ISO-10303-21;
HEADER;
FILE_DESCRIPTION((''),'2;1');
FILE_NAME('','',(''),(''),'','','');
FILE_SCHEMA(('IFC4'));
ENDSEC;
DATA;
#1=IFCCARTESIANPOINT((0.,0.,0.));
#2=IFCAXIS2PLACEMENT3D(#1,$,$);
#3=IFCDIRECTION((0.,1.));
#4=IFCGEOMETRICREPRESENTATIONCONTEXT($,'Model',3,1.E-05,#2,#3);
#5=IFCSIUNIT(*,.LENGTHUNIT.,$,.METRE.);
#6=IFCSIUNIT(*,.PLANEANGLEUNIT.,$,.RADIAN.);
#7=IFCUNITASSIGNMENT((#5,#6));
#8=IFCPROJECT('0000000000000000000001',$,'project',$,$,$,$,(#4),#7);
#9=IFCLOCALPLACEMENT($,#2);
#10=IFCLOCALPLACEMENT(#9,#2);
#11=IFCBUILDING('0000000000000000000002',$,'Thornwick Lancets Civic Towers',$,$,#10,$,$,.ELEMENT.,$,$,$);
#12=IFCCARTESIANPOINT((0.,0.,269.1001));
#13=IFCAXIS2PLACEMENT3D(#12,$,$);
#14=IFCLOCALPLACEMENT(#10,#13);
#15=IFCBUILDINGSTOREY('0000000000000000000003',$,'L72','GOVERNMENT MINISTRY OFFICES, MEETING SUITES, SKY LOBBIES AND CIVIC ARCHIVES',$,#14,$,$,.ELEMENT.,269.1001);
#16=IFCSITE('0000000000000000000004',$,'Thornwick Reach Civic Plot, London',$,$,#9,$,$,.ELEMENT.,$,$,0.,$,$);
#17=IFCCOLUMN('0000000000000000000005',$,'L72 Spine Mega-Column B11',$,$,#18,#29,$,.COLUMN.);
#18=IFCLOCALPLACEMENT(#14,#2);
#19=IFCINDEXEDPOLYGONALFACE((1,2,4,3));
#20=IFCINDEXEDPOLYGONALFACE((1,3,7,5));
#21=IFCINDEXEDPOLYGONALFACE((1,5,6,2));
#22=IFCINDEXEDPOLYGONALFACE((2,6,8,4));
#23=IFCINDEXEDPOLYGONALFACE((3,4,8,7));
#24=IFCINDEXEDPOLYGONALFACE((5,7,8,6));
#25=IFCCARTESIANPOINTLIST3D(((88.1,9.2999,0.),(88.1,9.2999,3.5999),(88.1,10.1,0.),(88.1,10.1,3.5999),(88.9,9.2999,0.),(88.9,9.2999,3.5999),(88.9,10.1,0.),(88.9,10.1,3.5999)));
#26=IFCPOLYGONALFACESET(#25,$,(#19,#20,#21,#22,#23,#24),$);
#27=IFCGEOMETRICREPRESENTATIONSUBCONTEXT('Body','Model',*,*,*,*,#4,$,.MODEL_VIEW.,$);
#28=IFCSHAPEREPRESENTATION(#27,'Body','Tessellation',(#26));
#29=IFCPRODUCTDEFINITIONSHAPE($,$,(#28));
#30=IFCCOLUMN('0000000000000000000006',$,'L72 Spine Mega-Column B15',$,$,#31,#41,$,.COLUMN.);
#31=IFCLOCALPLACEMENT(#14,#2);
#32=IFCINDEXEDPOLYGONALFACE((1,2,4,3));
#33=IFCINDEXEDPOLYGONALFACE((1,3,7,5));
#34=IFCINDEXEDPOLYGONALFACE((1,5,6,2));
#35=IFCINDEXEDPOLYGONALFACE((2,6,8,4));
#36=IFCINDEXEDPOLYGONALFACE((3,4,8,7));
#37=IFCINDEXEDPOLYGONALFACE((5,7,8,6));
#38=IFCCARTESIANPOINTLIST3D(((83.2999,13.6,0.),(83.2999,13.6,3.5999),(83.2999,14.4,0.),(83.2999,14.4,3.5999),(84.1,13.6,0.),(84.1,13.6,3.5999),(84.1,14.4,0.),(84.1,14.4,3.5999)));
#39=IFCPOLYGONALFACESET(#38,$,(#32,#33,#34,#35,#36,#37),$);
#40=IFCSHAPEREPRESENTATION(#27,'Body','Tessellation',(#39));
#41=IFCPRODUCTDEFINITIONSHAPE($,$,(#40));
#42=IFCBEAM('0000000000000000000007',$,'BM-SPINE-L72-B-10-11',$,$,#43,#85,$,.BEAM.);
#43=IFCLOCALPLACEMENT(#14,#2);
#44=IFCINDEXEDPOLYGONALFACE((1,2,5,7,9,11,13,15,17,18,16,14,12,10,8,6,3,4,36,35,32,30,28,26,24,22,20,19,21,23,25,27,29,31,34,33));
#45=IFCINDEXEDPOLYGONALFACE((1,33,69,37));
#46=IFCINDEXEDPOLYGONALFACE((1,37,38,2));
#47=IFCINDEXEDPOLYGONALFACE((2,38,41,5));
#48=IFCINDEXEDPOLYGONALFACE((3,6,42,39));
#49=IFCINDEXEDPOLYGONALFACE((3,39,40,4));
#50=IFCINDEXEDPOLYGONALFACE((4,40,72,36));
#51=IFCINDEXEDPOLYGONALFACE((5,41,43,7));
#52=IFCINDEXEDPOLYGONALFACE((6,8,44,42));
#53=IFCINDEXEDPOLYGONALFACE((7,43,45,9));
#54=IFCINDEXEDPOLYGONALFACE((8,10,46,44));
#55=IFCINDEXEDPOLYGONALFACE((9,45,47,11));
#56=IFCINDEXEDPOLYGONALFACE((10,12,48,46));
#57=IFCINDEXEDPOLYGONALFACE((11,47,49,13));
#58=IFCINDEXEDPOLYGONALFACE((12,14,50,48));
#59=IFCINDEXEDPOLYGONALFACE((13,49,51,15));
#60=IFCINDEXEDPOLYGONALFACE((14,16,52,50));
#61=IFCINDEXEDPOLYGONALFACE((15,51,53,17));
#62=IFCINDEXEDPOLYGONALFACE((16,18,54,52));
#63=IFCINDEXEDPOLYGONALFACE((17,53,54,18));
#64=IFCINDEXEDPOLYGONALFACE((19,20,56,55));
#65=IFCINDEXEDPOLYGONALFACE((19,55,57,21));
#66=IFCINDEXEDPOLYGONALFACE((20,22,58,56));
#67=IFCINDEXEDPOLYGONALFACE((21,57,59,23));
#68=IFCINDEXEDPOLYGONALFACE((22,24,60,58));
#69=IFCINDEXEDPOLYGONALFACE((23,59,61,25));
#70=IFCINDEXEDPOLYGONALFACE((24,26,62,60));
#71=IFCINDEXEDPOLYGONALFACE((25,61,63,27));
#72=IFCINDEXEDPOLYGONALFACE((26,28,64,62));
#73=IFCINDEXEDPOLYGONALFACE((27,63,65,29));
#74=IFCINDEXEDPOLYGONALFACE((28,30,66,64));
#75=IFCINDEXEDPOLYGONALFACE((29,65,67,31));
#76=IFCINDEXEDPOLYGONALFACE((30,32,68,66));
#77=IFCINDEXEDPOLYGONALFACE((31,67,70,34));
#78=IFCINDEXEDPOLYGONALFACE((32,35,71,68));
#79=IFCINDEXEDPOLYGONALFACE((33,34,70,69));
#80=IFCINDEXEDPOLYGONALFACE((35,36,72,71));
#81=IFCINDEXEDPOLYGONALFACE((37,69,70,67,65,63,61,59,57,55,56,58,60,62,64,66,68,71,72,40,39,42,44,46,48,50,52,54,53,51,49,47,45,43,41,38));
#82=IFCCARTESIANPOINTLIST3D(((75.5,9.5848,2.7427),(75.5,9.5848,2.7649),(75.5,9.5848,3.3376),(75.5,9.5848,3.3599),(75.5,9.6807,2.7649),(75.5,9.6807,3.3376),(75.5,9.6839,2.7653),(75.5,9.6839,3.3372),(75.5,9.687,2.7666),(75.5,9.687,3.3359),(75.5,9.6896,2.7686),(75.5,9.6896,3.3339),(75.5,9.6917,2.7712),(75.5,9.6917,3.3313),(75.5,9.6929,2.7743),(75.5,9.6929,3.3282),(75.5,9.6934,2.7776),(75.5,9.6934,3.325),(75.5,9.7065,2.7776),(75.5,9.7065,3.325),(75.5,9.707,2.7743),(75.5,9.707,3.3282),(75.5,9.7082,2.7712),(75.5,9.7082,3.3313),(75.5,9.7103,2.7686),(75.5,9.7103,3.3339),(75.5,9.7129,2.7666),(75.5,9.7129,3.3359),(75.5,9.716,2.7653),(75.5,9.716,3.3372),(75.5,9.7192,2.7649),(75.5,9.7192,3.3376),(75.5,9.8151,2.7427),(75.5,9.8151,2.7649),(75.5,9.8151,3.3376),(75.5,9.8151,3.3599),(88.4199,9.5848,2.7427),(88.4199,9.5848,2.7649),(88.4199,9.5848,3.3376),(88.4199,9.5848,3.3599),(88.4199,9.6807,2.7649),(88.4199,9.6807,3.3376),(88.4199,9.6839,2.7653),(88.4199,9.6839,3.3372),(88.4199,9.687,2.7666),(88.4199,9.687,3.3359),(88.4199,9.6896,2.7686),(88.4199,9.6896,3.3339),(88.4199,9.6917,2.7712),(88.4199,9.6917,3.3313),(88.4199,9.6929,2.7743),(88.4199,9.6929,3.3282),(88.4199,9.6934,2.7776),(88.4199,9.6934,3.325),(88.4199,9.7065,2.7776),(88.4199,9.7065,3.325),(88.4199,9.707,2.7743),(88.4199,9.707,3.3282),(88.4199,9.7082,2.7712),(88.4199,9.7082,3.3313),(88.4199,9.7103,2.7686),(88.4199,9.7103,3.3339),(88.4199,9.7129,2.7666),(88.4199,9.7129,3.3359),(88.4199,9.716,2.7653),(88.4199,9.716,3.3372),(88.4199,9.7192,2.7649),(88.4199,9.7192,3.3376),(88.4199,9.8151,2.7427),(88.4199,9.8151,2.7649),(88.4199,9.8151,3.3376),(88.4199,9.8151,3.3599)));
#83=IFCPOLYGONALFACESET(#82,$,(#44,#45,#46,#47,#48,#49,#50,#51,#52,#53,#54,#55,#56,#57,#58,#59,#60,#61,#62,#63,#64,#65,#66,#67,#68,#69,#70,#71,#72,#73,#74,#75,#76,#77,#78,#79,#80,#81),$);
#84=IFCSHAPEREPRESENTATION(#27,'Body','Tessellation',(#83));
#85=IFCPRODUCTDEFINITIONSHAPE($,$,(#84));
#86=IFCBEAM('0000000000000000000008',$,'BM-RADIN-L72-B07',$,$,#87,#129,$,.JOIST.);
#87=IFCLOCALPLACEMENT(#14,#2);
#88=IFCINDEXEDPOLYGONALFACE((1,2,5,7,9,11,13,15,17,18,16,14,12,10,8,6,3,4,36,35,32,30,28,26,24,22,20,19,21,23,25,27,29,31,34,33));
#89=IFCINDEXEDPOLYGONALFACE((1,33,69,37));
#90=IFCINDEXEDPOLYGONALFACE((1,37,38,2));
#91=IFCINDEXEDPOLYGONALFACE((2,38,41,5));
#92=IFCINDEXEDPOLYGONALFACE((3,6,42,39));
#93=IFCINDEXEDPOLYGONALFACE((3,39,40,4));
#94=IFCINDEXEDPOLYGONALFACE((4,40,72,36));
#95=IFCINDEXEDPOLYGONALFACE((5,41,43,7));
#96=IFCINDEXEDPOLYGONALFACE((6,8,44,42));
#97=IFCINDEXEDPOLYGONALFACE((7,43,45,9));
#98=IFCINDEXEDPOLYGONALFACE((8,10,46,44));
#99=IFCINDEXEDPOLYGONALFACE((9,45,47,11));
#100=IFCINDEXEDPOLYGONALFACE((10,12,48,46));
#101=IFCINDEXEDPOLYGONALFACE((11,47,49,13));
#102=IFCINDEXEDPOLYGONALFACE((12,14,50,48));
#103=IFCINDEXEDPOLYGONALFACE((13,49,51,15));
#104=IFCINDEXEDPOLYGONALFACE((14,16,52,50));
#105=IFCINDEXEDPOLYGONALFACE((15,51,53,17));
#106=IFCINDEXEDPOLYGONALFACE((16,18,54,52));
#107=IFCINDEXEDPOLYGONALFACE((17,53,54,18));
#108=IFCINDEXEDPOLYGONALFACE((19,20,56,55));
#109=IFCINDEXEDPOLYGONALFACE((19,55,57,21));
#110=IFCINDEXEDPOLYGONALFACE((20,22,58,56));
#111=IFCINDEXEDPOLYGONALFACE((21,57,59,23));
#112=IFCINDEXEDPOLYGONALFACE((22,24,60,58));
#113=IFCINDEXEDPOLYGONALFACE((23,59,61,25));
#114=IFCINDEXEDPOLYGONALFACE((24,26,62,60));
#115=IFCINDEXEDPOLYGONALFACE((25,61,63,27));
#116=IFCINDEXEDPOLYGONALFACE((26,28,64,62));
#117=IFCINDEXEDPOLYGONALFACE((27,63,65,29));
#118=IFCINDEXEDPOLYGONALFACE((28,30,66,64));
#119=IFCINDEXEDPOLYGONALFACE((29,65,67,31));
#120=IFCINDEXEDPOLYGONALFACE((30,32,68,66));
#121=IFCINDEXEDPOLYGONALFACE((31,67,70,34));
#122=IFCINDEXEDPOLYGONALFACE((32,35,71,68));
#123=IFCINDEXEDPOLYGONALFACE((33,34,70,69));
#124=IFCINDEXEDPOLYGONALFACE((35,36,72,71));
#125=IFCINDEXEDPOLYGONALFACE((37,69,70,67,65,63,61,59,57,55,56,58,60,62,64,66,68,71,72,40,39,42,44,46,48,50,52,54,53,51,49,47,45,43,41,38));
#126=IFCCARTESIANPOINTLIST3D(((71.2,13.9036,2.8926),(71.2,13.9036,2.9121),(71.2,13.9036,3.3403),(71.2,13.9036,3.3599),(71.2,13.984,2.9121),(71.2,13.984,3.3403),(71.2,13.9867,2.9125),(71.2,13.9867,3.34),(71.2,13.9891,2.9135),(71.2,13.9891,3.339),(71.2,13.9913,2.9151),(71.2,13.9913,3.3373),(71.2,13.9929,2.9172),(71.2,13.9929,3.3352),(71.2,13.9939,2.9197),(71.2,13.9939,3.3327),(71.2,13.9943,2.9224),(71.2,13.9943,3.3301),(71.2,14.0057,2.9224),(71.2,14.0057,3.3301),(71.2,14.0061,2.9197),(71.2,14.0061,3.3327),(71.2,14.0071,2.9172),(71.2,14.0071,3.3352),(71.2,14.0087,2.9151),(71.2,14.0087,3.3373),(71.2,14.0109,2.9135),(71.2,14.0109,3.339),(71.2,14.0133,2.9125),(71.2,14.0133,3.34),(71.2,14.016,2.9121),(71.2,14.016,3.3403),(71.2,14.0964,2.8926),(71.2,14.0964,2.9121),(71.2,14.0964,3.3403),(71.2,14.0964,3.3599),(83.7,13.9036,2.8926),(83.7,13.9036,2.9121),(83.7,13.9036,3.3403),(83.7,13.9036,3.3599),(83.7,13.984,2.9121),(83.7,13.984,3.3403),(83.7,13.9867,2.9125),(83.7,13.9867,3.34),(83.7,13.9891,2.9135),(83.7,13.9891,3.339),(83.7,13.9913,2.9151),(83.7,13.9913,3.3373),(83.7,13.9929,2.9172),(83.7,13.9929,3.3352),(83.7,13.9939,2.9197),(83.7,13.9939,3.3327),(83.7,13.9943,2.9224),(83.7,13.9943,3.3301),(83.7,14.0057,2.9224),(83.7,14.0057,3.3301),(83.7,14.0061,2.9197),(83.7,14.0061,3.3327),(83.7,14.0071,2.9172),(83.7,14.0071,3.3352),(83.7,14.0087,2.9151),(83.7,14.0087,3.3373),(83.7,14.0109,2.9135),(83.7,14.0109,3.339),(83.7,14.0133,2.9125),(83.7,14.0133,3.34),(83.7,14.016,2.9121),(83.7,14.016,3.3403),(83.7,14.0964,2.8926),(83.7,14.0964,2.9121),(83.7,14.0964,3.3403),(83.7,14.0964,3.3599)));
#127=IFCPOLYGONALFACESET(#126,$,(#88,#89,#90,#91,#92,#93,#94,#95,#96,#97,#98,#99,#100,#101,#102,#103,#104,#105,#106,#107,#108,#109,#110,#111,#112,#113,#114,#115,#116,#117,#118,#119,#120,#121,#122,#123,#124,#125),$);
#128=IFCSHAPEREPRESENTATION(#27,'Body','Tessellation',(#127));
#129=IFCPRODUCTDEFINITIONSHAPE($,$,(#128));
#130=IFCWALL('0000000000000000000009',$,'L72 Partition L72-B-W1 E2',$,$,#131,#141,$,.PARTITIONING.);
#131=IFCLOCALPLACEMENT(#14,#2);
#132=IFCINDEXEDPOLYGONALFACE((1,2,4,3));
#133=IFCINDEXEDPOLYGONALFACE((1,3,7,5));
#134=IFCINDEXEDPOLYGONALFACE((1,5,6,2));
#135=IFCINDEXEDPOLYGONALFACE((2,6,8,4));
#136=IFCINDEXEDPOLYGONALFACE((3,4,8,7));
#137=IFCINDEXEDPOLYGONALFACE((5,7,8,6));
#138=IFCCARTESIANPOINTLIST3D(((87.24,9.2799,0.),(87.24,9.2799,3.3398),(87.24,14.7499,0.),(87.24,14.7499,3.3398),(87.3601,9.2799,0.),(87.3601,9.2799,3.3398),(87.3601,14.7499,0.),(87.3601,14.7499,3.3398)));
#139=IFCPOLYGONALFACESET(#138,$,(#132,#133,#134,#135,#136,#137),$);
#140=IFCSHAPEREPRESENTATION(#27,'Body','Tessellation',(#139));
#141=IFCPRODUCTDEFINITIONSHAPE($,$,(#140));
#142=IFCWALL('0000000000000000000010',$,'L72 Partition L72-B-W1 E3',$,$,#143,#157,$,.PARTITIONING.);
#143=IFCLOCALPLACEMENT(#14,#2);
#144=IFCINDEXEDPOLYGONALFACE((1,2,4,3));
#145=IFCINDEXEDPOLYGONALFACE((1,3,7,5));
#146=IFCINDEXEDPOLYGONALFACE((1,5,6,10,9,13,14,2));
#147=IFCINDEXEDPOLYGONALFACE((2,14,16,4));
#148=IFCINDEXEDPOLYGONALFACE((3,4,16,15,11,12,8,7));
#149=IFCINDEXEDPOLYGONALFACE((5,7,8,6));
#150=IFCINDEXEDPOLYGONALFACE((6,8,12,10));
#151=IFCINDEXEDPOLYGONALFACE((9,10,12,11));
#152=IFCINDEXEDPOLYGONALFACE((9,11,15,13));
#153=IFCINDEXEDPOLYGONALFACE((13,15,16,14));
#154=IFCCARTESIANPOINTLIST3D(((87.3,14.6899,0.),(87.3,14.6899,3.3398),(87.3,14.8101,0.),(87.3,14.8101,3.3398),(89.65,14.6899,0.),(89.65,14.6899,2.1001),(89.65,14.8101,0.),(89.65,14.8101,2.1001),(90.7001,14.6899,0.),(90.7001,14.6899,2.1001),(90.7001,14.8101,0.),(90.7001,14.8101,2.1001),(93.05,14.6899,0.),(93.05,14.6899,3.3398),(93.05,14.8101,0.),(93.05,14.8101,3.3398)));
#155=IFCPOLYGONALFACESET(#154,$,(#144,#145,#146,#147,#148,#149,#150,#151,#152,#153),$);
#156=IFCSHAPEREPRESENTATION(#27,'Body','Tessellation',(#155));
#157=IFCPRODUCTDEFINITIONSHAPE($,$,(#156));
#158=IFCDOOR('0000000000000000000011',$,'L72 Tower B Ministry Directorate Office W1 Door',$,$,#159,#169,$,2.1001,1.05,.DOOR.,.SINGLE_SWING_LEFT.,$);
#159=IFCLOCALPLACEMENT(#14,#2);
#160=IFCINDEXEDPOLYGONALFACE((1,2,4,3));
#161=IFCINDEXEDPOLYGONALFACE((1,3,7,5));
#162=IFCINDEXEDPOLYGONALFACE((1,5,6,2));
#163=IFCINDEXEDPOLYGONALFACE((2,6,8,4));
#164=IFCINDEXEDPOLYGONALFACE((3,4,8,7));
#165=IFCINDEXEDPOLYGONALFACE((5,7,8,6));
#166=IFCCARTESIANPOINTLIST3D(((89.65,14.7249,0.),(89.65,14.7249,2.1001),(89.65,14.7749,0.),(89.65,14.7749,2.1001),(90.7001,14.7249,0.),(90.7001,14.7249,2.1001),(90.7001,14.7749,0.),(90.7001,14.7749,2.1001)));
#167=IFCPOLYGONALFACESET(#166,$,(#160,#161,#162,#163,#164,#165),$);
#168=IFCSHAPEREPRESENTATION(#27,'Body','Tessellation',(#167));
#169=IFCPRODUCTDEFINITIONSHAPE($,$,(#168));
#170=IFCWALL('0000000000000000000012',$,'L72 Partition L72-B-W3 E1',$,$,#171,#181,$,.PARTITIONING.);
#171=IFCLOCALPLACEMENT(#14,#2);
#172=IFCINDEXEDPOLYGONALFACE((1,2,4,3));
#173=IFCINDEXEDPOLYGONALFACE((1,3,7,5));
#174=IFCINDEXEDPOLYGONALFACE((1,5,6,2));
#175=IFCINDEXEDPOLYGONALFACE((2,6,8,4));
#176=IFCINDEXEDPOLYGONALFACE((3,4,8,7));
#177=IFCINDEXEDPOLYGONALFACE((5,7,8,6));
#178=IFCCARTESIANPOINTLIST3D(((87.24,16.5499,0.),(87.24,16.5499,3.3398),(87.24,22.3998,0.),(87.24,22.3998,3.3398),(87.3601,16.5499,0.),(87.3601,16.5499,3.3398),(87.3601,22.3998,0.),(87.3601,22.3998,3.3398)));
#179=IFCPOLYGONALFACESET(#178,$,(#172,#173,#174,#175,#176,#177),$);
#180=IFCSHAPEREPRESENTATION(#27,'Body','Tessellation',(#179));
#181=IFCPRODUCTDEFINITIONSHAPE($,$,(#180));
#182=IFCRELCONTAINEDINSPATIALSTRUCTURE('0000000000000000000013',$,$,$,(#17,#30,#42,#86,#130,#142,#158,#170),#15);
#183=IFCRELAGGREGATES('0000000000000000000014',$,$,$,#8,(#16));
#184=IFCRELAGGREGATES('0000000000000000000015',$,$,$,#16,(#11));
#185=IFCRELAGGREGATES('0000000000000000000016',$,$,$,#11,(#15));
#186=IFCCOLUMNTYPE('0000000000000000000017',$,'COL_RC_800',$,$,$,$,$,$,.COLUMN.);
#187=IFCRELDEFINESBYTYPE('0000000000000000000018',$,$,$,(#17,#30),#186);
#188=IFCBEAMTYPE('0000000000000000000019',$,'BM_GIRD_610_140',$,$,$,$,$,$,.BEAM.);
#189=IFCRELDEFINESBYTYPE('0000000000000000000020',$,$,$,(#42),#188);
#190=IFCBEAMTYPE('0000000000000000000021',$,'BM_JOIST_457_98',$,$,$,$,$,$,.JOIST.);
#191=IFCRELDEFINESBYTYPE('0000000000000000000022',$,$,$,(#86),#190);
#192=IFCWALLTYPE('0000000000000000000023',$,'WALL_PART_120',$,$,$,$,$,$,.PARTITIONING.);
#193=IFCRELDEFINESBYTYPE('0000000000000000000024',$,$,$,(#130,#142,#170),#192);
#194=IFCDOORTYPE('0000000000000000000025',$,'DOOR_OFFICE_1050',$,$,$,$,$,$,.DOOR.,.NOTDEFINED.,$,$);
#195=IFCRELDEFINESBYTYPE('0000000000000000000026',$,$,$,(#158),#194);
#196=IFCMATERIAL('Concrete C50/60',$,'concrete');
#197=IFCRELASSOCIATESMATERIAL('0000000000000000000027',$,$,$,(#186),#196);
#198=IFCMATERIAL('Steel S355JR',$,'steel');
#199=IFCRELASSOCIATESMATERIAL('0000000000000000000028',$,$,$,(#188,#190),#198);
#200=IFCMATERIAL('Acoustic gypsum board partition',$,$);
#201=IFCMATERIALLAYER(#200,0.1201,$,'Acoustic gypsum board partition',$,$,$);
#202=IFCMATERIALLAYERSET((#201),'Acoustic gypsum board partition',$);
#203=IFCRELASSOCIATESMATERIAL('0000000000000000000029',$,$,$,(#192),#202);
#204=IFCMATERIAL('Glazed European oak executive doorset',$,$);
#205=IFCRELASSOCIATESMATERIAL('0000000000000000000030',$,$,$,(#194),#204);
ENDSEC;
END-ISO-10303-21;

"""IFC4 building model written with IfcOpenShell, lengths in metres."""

from ifc_helpers import new_model, si_unit, direction, frame, frame_2d, origin, origin_2d, place, context, subcontext, project, spatial, rectangle, i_section, extrude, material, layer, layer_set, material_profile, profile_set, type_object, element, fill, save


model = new_model("IFC4")

# Units and contexts
model_context = context("Model", 3, precision=1e-05, world=origin(), true_north=direction((0.0, 1.0)))
body_context = subcontext(model_context, "Body", "Model", "MODEL_VIEW")
ifc_project = project(units=[si_unit("LENGTHUNIT", "METRE"), si_unit("PLANEANGLEUNIT", "RADIAN")], contexts=[model_context])

# Site, building, storey
site_placement = place(None, origin())
site = spatial("IfcSite", under=ifc_project, at=site_placement, Name="Thornwick Reach Civic Plot, London", CompositionType="ELEMENT", RefElevation=0.0)
building_placement = place(site_placement, origin())
building = spatial("IfcBuilding", under=site, at=building_placement, Name="Thornwick Lancets Civic Towers", CompositionType="ELEMENT")
storey_placement = place(building_placement, frame((0.0, 0.0, 269.1001)))
storey = spatial("IfcBuildingStorey", under=building, at=storey_placement, Name="L72", Description="GOVERNMENT MINISTRY OFFICES, MEETING SUITES, SKY LOBBIES AND CIVIC ARCHIVES", CompositionType="ELEMENT", Elevation=269.1001)

# Columns
ifc_material_1 = material(Name="Concrete C50/60", Category="concrete")
ifc_material_profile_1 = material_profile(ifc_material_1, rectangle(XDim=0.8, YDim=0.8, at=origin_2d()), Name="RC 800x800")
ifc_profile_set_1 = profile_set([ifc_material_profile_1], Name="Concrete C50/60")
column_type = type_object("IfcColumnType", Name="COL_RC_800", PredefinedType="COLUMN", material=ifc_profile_set_1)
for number, where, z_axis, x_axis, name in (
    (1, (88.5, 9.7, 0.0), (0.0, 0.0, 1.0), (1.0, 0.0, 0.0), "L72 Spine Mega-Column B11"),
    (2, (83.7, 14.0, 0.0), (0.0, 0.0, 1.0), (1.0, 0.0, 0.0), "L72 Spine Mega-Column B15"),
):
    element("IfcColumn", number, at=place(storey_placement, frame(where, z_axis=z_axis, x_axis=x_axis)), inside=storey, type_object=column_type, Name=name, PredefinedType="COLUMN", context=body_context, shape_type="SweptSolid", body=[
        extrude(rectangle(XDim=0.8, YDim=0.8, at=origin_2d()), origin(), (0.0, 0.0, 1.0), 3.5999),
    ])

# Beams
ifc_material_2 = material(Name="Steel S355JR", Category="steel")
ifc_material_profile_2 = material_profile(ifc_material_2, i_section(OverallWidth=0.2302, OverallDepth=0.6172, WebThickness=0.0132, FlangeThickness=0.0222, FilletRadius=0.0127, at=origin_2d()), Name="UKB 610x229x140")
ifc_profile_set_2 = profile_set([ifc_material_profile_2], Name="Steel S355JR")
beam_type_1 = type_object("IfcBeamType", Name="BM_GIRD_610_140", PredefinedType="BEAM", material=ifc_profile_set_2)
beam_1_placement = place(storey_placement, frame((88.4199, 9.7, 3.0513), z_axis=(-1.0, 0.0, 0.0), x_axis=(0.0, -1.0, 0.0)))
element("IfcBeam", 3, at=beam_1_placement, inside=storey, type_object=beam_type_1, Name="BM-SPINE-L72-B-10-11", PredefinedType="BEAM", context=body_context, shape_type="SweptSolid", body=[
    extrude(i_section(OverallWidth=0.2302, OverallDepth=0.6172, WebThickness=0.0132, FlangeThickness=0.0222, FilletRadius=0.0127, at=origin_2d()), origin(), (0.0, 0.0, 1.0), 12.9199),
])
ifc_material_profile_3 = material_profile(ifc_material_2, i_section(OverallWidth=0.1929, OverallDepth=0.4673, WebThickness=0.0115, FlangeThickness=0.0195, FilletRadius=0.0103, at=origin_2d()), Name="UKB 457x191x98")
ifc_profile_set_3 = profile_set([ifc_material_profile_3], Name="Steel S355JR")
beam_type_2 = type_object("IfcBeamType", Name="BM_JOIST_457_98", PredefinedType="JOIST", material=ifc_profile_set_3)
beam_2_placement = place(storey_placement, frame((83.7, 14.0, 3.1262), z_axis=(-1.0, 0.0, 0.0), x_axis=(0.0, -1.0, 0.0)))
element("IfcBeam", 4, at=beam_2_placement, inside=storey, type_object=beam_type_2, Name="BM-RADIN-L72-B07", PredefinedType="JOIST", context=body_context, shape_type="SweptSolid", body=[
    extrude(i_section(OverallWidth=0.1929, OverallDepth=0.4673, WebThickness=0.0115, FlangeThickness=0.0195, FilletRadius=0.0103, at=origin_2d()), origin(), (0.0, 0.0, 1.0), 12.5),
])

# Wall
ifc_material_3 = material(Name="Acoustic gypsum board partition")
ifc_layer_1 = layer(ifc_material_3, 0.1201, Name="Acoustic gypsum board partition")
ifc_layer_set_1 = layer_set([ifc_layer_1], Name="Acoustic gypsum board partition")
wall_type_1 = type_object("IfcWallType", Name="WALL_PART_120", PredefinedType="PARTITIONING", material=ifc_layer_set_1)
wall_1_placement = place(storey_placement, frame((87.3, 9.28, 0.0), z_axis=(0.0, 0.0, 1.0), x_axis=(0.0, 1.0, 0.0)))
element("IfcWall", 5, at=wall_1_placement, inside=storey, type_object=wall_type_1, Name="L72 Partition L72-B-W1 E2", PredefinedType="PARTITIONING", context=body_context, shape_type="SweptSolid", body=[
    extrude(rectangle(XDim=5.47, YDim=0.1201, at=frame_2d((2.7349, 0.0))), origin(), (0.0, 0.0, 1.0), 3.3398),
])

# Wall, opening, door
wall_2_placement = place(storey_placement, frame((87.3, 14.75, 0.0), z_axis=(0.0, 0.0, 1.0), x_axis=(1.0, 0.0, 0.0)))
wall_2 = element("IfcWall", 6, at=wall_2_placement, inside=storey, type_object=wall_type_1, Name="L72 Partition L72-B-W1 E3", PredefinedType="PARTITIONING", context=body_context, shape_type="SweptSolid", body=[
    extrude(rectangle(XDim=5.75, YDim=0.1201, at=frame_2d((2.875, 0.0))), origin(), (0.0, 0.0, 1.0), 3.3398),
])
opening_1_placement = place(wall_2_placement, frame((2.3501, 0.0, 0.0)))
opening_1 = element("IfcOpeningElement", 7, at=opening_1_placement, cuts=wall_2, PredefinedType="OPENING", context=body_context, shape_type="SweptSolid", body=[
    extrude(rectangle(XDim=1.05, YDim=2.1001, at=frame_2d((0.5249, 1.05))), frame((0.0, 0.0701, 0.0), z_axis=(0.0, -1.0, 0.0), x_axis=(1.0, 0.0, 0.0)), (0.0, 0.0, 1.0), 0.1401),
])
ifc_material_4 = material(Name="Glazed European oak executive doorset")
door_type_1 = type_object("IfcDoorType", Name="DOOR_OFFICE_1050", OperationType="NOTDEFINED", PredefinedType="DOOR", material=ifc_material_4)
door_1_placement = place(opening_1_placement, origin())
door_1 = element("IfcDoor", 8, at=door_1_placement, inside=storey, type_object=door_type_1, Name="L72 Tower B Ministry Directorate Office W1 Door", OperationType="SINGLE_SWING_LEFT", OverallHeight=2.1001, OverallWidth=1.05, PredefinedType="DOOR", context=body_context, shape_type="SweptSolid", body=[
    extrude(rectangle(XDim=1.05, YDim=2.1001, at=frame_2d((0.5249, 1.05))), frame((0.0, 0.0249, 0.0), z_axis=(0.0, -1.0, 0.0), x_axis=(1.0, 0.0, 0.0)), (0.0, 0.0, 1.0), 0.05),
])
fill(opening_1, door_1)

# Wall
wall_3_placement = place(storey_placement, frame((87.3, 16.55, 0.0), z_axis=(0.0, 0.0, 1.0), x_axis=(0.0, 1.0, 0.0)))
element("IfcWall", 9, at=wall_3_placement, inside=storey, type_object=wall_type_1, Name="L72 Partition L72-B-W3 E1", PredefinedType="PARTITIONING", context=body_context, shape_type="SweptSolid", body=[
    extrude(rectangle(XDim=5.8499, YDim=0.1201, at=frame_2d((2.9248, 0.0))), origin(), (0.0, 0.0, 1.0), 3.3398),
])

save(model, "model.ifc")
